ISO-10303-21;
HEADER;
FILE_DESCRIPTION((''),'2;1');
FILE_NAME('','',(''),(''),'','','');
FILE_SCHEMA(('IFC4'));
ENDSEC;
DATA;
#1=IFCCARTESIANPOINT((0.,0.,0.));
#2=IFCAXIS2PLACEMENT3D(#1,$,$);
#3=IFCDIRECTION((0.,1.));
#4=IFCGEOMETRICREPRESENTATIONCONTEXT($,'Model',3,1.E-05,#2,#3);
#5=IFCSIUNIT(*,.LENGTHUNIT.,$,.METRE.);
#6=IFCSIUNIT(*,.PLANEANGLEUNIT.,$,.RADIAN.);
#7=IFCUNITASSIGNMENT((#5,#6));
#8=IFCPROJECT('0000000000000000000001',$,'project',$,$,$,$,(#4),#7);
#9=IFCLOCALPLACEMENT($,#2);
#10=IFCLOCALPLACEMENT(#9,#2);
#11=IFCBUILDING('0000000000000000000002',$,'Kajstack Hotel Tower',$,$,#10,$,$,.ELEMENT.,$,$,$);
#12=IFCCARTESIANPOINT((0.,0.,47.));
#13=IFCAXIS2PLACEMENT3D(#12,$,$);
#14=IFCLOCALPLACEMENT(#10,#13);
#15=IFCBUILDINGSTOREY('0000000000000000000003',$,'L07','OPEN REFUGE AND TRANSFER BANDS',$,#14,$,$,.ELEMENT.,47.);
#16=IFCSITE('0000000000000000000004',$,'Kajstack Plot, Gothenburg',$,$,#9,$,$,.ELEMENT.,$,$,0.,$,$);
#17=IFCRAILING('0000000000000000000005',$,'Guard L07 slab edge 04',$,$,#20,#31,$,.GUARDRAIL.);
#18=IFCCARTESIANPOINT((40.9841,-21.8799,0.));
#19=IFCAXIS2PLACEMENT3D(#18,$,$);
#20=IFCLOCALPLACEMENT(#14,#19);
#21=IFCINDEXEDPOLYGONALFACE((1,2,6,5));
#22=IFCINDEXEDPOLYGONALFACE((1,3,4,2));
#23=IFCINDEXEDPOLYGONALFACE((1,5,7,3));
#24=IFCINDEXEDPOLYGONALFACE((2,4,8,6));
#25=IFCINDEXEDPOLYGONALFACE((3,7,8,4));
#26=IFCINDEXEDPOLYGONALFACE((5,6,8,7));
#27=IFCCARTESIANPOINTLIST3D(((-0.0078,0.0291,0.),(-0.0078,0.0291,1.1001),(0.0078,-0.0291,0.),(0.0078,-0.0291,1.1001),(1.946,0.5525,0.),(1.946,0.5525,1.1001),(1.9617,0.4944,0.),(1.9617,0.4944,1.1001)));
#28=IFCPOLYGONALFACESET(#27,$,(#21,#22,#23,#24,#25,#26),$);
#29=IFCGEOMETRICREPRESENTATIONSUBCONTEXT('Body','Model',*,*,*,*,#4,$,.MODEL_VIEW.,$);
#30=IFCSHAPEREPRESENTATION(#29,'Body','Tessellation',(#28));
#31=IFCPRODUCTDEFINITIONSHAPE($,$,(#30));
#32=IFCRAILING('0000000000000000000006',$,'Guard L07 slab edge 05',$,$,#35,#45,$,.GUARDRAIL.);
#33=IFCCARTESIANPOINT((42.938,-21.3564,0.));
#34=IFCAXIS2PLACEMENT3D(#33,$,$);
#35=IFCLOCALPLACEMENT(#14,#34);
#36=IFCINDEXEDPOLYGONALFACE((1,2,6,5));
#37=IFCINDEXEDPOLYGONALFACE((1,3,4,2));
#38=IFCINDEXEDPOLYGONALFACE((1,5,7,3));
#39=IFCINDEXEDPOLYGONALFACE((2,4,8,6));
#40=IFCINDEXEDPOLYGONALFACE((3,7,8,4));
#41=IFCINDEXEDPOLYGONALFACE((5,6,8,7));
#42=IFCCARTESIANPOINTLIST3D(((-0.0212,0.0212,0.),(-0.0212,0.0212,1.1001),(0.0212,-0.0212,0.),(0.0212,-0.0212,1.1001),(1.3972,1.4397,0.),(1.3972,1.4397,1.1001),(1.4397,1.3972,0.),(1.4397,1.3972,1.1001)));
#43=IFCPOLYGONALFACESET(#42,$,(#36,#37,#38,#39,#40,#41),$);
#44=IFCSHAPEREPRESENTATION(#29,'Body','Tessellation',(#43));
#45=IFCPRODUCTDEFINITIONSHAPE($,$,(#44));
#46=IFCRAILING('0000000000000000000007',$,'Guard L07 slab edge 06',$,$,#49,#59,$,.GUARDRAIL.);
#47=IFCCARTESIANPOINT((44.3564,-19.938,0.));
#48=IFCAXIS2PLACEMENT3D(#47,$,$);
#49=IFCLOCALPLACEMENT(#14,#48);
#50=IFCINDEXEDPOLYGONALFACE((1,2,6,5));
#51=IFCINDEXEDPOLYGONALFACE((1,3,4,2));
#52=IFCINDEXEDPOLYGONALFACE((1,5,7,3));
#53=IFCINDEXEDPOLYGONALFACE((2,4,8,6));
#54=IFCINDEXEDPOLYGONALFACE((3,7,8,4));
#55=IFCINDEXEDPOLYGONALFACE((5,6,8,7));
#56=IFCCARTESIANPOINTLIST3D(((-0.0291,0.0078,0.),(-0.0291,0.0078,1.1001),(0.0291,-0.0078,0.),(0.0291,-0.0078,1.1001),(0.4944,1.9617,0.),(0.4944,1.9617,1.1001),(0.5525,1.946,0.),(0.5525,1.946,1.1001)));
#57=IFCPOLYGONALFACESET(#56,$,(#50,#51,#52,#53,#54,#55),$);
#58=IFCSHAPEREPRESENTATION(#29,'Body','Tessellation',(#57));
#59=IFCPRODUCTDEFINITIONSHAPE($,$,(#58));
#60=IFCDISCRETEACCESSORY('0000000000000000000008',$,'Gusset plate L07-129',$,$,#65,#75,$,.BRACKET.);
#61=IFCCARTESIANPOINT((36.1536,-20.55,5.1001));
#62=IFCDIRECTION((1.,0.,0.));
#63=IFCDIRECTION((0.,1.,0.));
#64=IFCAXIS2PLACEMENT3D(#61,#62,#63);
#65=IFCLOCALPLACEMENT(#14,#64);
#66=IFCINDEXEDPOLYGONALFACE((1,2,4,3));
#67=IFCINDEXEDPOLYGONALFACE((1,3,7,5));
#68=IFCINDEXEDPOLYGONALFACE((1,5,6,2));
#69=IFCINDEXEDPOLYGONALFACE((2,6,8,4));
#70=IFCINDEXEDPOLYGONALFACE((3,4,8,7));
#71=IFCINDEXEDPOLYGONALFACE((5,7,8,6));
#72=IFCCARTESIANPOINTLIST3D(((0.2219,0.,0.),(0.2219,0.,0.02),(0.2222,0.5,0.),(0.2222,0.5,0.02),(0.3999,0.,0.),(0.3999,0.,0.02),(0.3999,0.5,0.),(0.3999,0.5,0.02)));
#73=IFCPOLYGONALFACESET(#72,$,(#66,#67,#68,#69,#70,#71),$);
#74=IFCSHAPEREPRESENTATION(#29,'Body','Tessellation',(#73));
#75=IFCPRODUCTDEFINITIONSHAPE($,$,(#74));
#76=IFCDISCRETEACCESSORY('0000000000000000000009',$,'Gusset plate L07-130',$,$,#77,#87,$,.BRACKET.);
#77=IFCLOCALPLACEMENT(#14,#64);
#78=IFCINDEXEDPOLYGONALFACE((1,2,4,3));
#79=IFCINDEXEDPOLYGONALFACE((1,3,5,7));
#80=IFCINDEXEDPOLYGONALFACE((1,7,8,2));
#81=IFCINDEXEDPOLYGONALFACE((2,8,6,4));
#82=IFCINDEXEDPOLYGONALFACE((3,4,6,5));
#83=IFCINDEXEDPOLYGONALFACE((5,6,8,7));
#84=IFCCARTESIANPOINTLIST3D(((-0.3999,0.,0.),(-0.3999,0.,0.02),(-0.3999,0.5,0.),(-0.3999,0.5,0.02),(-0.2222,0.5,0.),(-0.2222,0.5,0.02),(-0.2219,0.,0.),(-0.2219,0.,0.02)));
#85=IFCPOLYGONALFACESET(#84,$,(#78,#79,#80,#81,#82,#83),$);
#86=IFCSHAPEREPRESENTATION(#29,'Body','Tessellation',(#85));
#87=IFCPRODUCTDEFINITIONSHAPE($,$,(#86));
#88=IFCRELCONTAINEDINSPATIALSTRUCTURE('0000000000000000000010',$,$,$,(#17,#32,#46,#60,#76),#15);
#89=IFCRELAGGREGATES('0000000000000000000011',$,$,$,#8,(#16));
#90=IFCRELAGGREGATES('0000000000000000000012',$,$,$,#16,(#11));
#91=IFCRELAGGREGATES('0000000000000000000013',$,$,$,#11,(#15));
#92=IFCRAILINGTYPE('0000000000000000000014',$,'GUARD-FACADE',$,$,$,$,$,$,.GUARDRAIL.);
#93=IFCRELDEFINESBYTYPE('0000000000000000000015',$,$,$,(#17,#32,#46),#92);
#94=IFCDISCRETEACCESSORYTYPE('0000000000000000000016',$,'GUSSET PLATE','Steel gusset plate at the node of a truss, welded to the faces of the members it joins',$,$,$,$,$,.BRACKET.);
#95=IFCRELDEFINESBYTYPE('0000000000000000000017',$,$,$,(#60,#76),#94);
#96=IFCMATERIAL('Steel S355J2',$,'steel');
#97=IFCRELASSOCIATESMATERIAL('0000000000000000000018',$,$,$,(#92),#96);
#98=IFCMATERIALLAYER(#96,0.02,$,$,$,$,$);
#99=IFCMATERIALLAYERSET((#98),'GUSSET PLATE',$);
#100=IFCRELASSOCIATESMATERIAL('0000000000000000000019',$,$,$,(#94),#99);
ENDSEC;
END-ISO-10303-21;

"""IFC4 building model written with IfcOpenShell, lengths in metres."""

from ifc_helpers import new_model, si_unit, direction, frame, origin, place, context, subcontext, project, spatial, polyline, outline, extrude, material, layer, layer_set, type_object, element, save


model = new_model("IFC4")

# Units and contexts
model_context = context("Model", 3, precision=1e-05, world=origin(), true_north=direction((0.0, 1.0)))
body_context = subcontext(model_context, "Body", "Model", "MODEL_VIEW")
ifc_project = project(units=[si_unit("LENGTHUNIT", "METRE"), si_unit("PLANEANGLEUNIT", "RADIAN")], contexts=[model_context])

# Site, building, storey
site_placement = place(None, origin())
site = spatial("IfcSite", under=ifc_project, at=site_placement, Name="Kajstack Plot, Gothenburg", CompositionType="ELEMENT", RefElevation=0.0)
building_placement = place(site_placement, origin())
building = spatial("IfcBuilding", under=site, at=building_placement, Name="Kajstack Hotel Tower", CompositionType="ELEMENT")
storey_placement = place(building_placement, frame((0.0, 0.0, 47.0)))
storey = spatial("IfcBuildingStorey", under=building, at=storey_placement, Name="L07", Description="OPEN REFUGE AND TRANSFER BANDS", CompositionType="ELEMENT", Elevation=47.0)

# Shared definitions
ifc_material = material(Name="Steel S355J2", Category="steel")

# Railings
railing_type = type_object("IfcRailingType", Name="GUARD-FACADE", PredefinedType="GUARDRAIL", material=ifc_material)
railing_1_placement = place(storey_placement, frame((40.9841, -21.8799, 0.0)))
element("IfcRailing", 1, at=railing_1_placement, inside=storey, type_object=railing_type, Name="Guard L07 slab edge 04", PredefinedType="GUARDRAIL", context=body_context, shape_type="SweptSolid", body=[
    extrude(outline(polyline([(1.946, 0.5525), (1.9617, 0.4944), (0.0078, -0.0291), (-0.0078, 0.0291), (1.946, 0.5525)])), origin(), (0.0, 0.0, 1.0), 1.1001),
])
railing_2_placement = place(storey_placement, frame((42.938, -21.3564, 0.0)))
element("IfcRailing", 2, at=railing_2_placement, inside=storey, type_object=railing_type, Name="Guard L07 slab edge 05", PredefinedType="GUARDRAIL", context=body_context, shape_type="SweptSolid", body=[
    extrude(outline(polyline([(1.3972, 1.4397), (1.4397, 1.3972), (0.0212, -0.0212), (-0.0212, 0.0212), (1.3972, 1.4397)])), origin(), (0.0, 0.0, 1.0), 1.1001),
])
railing_3_placement = place(storey_placement, frame((44.3564, -19.938, 0.0)))
element("IfcRailing", 3, at=railing_3_placement, inside=storey, type_object=railing_type, Name="Guard L07 slab edge 06", PredefinedType="GUARDRAIL", context=body_context, shape_type="SweptSolid", body=[
    extrude(outline(polyline([(0.4944, 1.9617), (0.5525, 1.946), (0.0291, -0.0078), (-0.0291, 0.0078), (0.4944, 1.9617)])), origin(), (0.0, 0.0, 1.0), 1.1001),
])

# Discrete accessories
ifc_layer = layer(ifc_material, 0.02)
ifc_layer_set = layer_set([ifc_layer], Name="GUSSET PLATE")
discrete_accessory_type = type_object("IfcDiscreteAccessoryType", Name="GUSSET PLATE", Description="Steel gusset plate at the node of a truss, welded to the faces of the members it joins", PredefinedType="BRACKET", material=ifc_layer_set)
discrete_accessory_1_placement = place(storey_placement, frame((36.1536, -20.55, 5.1001), z_axis=(1.0, 0.0, 0.0), x_axis=(0.0, 1.0, 0.0)))
element("IfcDiscreteAccessory", 4, at=discrete_accessory_1_placement, inside=storey, type_object=discrete_accessory_type, Name="Gusset plate L07-129", PredefinedType="BRACKET", context=body_context, shape_type="SweptSolid", body=[
    extrude(outline(polyline([(0.3999, 0.5), (0.2222, 0.5), (0.2219, 0.0), (0.3999, 0.0), (0.3999, 0.5)])), origin(), (0.0, 0.0, 1.0), 0.02),
])
discrete_accessory_2_placement = place(storey_placement, frame((36.1536, -20.55, 5.1001), z_axis=(1.0, 0.0, 0.0), x_axis=(0.0, 1.0, 0.0)))
element("IfcDiscreteAccessory", 5, at=discrete_accessory_2_placement, inside=storey, type_object=discrete_accessory_type, Name="Gusset plate L07-130", PredefinedType="BRACKET", context=body_context, shape_type="SweptSolid", body=[
    extrude(outline(polyline([(-0.3999, 0.0), (-0.2219, 0.0), (-0.2222, 0.5), (-0.3999, 0.5), (-0.3999, 0.0)])), origin(), (0.0, 0.0, 1.0), 0.02),
])

save(model, "model.ifc")
